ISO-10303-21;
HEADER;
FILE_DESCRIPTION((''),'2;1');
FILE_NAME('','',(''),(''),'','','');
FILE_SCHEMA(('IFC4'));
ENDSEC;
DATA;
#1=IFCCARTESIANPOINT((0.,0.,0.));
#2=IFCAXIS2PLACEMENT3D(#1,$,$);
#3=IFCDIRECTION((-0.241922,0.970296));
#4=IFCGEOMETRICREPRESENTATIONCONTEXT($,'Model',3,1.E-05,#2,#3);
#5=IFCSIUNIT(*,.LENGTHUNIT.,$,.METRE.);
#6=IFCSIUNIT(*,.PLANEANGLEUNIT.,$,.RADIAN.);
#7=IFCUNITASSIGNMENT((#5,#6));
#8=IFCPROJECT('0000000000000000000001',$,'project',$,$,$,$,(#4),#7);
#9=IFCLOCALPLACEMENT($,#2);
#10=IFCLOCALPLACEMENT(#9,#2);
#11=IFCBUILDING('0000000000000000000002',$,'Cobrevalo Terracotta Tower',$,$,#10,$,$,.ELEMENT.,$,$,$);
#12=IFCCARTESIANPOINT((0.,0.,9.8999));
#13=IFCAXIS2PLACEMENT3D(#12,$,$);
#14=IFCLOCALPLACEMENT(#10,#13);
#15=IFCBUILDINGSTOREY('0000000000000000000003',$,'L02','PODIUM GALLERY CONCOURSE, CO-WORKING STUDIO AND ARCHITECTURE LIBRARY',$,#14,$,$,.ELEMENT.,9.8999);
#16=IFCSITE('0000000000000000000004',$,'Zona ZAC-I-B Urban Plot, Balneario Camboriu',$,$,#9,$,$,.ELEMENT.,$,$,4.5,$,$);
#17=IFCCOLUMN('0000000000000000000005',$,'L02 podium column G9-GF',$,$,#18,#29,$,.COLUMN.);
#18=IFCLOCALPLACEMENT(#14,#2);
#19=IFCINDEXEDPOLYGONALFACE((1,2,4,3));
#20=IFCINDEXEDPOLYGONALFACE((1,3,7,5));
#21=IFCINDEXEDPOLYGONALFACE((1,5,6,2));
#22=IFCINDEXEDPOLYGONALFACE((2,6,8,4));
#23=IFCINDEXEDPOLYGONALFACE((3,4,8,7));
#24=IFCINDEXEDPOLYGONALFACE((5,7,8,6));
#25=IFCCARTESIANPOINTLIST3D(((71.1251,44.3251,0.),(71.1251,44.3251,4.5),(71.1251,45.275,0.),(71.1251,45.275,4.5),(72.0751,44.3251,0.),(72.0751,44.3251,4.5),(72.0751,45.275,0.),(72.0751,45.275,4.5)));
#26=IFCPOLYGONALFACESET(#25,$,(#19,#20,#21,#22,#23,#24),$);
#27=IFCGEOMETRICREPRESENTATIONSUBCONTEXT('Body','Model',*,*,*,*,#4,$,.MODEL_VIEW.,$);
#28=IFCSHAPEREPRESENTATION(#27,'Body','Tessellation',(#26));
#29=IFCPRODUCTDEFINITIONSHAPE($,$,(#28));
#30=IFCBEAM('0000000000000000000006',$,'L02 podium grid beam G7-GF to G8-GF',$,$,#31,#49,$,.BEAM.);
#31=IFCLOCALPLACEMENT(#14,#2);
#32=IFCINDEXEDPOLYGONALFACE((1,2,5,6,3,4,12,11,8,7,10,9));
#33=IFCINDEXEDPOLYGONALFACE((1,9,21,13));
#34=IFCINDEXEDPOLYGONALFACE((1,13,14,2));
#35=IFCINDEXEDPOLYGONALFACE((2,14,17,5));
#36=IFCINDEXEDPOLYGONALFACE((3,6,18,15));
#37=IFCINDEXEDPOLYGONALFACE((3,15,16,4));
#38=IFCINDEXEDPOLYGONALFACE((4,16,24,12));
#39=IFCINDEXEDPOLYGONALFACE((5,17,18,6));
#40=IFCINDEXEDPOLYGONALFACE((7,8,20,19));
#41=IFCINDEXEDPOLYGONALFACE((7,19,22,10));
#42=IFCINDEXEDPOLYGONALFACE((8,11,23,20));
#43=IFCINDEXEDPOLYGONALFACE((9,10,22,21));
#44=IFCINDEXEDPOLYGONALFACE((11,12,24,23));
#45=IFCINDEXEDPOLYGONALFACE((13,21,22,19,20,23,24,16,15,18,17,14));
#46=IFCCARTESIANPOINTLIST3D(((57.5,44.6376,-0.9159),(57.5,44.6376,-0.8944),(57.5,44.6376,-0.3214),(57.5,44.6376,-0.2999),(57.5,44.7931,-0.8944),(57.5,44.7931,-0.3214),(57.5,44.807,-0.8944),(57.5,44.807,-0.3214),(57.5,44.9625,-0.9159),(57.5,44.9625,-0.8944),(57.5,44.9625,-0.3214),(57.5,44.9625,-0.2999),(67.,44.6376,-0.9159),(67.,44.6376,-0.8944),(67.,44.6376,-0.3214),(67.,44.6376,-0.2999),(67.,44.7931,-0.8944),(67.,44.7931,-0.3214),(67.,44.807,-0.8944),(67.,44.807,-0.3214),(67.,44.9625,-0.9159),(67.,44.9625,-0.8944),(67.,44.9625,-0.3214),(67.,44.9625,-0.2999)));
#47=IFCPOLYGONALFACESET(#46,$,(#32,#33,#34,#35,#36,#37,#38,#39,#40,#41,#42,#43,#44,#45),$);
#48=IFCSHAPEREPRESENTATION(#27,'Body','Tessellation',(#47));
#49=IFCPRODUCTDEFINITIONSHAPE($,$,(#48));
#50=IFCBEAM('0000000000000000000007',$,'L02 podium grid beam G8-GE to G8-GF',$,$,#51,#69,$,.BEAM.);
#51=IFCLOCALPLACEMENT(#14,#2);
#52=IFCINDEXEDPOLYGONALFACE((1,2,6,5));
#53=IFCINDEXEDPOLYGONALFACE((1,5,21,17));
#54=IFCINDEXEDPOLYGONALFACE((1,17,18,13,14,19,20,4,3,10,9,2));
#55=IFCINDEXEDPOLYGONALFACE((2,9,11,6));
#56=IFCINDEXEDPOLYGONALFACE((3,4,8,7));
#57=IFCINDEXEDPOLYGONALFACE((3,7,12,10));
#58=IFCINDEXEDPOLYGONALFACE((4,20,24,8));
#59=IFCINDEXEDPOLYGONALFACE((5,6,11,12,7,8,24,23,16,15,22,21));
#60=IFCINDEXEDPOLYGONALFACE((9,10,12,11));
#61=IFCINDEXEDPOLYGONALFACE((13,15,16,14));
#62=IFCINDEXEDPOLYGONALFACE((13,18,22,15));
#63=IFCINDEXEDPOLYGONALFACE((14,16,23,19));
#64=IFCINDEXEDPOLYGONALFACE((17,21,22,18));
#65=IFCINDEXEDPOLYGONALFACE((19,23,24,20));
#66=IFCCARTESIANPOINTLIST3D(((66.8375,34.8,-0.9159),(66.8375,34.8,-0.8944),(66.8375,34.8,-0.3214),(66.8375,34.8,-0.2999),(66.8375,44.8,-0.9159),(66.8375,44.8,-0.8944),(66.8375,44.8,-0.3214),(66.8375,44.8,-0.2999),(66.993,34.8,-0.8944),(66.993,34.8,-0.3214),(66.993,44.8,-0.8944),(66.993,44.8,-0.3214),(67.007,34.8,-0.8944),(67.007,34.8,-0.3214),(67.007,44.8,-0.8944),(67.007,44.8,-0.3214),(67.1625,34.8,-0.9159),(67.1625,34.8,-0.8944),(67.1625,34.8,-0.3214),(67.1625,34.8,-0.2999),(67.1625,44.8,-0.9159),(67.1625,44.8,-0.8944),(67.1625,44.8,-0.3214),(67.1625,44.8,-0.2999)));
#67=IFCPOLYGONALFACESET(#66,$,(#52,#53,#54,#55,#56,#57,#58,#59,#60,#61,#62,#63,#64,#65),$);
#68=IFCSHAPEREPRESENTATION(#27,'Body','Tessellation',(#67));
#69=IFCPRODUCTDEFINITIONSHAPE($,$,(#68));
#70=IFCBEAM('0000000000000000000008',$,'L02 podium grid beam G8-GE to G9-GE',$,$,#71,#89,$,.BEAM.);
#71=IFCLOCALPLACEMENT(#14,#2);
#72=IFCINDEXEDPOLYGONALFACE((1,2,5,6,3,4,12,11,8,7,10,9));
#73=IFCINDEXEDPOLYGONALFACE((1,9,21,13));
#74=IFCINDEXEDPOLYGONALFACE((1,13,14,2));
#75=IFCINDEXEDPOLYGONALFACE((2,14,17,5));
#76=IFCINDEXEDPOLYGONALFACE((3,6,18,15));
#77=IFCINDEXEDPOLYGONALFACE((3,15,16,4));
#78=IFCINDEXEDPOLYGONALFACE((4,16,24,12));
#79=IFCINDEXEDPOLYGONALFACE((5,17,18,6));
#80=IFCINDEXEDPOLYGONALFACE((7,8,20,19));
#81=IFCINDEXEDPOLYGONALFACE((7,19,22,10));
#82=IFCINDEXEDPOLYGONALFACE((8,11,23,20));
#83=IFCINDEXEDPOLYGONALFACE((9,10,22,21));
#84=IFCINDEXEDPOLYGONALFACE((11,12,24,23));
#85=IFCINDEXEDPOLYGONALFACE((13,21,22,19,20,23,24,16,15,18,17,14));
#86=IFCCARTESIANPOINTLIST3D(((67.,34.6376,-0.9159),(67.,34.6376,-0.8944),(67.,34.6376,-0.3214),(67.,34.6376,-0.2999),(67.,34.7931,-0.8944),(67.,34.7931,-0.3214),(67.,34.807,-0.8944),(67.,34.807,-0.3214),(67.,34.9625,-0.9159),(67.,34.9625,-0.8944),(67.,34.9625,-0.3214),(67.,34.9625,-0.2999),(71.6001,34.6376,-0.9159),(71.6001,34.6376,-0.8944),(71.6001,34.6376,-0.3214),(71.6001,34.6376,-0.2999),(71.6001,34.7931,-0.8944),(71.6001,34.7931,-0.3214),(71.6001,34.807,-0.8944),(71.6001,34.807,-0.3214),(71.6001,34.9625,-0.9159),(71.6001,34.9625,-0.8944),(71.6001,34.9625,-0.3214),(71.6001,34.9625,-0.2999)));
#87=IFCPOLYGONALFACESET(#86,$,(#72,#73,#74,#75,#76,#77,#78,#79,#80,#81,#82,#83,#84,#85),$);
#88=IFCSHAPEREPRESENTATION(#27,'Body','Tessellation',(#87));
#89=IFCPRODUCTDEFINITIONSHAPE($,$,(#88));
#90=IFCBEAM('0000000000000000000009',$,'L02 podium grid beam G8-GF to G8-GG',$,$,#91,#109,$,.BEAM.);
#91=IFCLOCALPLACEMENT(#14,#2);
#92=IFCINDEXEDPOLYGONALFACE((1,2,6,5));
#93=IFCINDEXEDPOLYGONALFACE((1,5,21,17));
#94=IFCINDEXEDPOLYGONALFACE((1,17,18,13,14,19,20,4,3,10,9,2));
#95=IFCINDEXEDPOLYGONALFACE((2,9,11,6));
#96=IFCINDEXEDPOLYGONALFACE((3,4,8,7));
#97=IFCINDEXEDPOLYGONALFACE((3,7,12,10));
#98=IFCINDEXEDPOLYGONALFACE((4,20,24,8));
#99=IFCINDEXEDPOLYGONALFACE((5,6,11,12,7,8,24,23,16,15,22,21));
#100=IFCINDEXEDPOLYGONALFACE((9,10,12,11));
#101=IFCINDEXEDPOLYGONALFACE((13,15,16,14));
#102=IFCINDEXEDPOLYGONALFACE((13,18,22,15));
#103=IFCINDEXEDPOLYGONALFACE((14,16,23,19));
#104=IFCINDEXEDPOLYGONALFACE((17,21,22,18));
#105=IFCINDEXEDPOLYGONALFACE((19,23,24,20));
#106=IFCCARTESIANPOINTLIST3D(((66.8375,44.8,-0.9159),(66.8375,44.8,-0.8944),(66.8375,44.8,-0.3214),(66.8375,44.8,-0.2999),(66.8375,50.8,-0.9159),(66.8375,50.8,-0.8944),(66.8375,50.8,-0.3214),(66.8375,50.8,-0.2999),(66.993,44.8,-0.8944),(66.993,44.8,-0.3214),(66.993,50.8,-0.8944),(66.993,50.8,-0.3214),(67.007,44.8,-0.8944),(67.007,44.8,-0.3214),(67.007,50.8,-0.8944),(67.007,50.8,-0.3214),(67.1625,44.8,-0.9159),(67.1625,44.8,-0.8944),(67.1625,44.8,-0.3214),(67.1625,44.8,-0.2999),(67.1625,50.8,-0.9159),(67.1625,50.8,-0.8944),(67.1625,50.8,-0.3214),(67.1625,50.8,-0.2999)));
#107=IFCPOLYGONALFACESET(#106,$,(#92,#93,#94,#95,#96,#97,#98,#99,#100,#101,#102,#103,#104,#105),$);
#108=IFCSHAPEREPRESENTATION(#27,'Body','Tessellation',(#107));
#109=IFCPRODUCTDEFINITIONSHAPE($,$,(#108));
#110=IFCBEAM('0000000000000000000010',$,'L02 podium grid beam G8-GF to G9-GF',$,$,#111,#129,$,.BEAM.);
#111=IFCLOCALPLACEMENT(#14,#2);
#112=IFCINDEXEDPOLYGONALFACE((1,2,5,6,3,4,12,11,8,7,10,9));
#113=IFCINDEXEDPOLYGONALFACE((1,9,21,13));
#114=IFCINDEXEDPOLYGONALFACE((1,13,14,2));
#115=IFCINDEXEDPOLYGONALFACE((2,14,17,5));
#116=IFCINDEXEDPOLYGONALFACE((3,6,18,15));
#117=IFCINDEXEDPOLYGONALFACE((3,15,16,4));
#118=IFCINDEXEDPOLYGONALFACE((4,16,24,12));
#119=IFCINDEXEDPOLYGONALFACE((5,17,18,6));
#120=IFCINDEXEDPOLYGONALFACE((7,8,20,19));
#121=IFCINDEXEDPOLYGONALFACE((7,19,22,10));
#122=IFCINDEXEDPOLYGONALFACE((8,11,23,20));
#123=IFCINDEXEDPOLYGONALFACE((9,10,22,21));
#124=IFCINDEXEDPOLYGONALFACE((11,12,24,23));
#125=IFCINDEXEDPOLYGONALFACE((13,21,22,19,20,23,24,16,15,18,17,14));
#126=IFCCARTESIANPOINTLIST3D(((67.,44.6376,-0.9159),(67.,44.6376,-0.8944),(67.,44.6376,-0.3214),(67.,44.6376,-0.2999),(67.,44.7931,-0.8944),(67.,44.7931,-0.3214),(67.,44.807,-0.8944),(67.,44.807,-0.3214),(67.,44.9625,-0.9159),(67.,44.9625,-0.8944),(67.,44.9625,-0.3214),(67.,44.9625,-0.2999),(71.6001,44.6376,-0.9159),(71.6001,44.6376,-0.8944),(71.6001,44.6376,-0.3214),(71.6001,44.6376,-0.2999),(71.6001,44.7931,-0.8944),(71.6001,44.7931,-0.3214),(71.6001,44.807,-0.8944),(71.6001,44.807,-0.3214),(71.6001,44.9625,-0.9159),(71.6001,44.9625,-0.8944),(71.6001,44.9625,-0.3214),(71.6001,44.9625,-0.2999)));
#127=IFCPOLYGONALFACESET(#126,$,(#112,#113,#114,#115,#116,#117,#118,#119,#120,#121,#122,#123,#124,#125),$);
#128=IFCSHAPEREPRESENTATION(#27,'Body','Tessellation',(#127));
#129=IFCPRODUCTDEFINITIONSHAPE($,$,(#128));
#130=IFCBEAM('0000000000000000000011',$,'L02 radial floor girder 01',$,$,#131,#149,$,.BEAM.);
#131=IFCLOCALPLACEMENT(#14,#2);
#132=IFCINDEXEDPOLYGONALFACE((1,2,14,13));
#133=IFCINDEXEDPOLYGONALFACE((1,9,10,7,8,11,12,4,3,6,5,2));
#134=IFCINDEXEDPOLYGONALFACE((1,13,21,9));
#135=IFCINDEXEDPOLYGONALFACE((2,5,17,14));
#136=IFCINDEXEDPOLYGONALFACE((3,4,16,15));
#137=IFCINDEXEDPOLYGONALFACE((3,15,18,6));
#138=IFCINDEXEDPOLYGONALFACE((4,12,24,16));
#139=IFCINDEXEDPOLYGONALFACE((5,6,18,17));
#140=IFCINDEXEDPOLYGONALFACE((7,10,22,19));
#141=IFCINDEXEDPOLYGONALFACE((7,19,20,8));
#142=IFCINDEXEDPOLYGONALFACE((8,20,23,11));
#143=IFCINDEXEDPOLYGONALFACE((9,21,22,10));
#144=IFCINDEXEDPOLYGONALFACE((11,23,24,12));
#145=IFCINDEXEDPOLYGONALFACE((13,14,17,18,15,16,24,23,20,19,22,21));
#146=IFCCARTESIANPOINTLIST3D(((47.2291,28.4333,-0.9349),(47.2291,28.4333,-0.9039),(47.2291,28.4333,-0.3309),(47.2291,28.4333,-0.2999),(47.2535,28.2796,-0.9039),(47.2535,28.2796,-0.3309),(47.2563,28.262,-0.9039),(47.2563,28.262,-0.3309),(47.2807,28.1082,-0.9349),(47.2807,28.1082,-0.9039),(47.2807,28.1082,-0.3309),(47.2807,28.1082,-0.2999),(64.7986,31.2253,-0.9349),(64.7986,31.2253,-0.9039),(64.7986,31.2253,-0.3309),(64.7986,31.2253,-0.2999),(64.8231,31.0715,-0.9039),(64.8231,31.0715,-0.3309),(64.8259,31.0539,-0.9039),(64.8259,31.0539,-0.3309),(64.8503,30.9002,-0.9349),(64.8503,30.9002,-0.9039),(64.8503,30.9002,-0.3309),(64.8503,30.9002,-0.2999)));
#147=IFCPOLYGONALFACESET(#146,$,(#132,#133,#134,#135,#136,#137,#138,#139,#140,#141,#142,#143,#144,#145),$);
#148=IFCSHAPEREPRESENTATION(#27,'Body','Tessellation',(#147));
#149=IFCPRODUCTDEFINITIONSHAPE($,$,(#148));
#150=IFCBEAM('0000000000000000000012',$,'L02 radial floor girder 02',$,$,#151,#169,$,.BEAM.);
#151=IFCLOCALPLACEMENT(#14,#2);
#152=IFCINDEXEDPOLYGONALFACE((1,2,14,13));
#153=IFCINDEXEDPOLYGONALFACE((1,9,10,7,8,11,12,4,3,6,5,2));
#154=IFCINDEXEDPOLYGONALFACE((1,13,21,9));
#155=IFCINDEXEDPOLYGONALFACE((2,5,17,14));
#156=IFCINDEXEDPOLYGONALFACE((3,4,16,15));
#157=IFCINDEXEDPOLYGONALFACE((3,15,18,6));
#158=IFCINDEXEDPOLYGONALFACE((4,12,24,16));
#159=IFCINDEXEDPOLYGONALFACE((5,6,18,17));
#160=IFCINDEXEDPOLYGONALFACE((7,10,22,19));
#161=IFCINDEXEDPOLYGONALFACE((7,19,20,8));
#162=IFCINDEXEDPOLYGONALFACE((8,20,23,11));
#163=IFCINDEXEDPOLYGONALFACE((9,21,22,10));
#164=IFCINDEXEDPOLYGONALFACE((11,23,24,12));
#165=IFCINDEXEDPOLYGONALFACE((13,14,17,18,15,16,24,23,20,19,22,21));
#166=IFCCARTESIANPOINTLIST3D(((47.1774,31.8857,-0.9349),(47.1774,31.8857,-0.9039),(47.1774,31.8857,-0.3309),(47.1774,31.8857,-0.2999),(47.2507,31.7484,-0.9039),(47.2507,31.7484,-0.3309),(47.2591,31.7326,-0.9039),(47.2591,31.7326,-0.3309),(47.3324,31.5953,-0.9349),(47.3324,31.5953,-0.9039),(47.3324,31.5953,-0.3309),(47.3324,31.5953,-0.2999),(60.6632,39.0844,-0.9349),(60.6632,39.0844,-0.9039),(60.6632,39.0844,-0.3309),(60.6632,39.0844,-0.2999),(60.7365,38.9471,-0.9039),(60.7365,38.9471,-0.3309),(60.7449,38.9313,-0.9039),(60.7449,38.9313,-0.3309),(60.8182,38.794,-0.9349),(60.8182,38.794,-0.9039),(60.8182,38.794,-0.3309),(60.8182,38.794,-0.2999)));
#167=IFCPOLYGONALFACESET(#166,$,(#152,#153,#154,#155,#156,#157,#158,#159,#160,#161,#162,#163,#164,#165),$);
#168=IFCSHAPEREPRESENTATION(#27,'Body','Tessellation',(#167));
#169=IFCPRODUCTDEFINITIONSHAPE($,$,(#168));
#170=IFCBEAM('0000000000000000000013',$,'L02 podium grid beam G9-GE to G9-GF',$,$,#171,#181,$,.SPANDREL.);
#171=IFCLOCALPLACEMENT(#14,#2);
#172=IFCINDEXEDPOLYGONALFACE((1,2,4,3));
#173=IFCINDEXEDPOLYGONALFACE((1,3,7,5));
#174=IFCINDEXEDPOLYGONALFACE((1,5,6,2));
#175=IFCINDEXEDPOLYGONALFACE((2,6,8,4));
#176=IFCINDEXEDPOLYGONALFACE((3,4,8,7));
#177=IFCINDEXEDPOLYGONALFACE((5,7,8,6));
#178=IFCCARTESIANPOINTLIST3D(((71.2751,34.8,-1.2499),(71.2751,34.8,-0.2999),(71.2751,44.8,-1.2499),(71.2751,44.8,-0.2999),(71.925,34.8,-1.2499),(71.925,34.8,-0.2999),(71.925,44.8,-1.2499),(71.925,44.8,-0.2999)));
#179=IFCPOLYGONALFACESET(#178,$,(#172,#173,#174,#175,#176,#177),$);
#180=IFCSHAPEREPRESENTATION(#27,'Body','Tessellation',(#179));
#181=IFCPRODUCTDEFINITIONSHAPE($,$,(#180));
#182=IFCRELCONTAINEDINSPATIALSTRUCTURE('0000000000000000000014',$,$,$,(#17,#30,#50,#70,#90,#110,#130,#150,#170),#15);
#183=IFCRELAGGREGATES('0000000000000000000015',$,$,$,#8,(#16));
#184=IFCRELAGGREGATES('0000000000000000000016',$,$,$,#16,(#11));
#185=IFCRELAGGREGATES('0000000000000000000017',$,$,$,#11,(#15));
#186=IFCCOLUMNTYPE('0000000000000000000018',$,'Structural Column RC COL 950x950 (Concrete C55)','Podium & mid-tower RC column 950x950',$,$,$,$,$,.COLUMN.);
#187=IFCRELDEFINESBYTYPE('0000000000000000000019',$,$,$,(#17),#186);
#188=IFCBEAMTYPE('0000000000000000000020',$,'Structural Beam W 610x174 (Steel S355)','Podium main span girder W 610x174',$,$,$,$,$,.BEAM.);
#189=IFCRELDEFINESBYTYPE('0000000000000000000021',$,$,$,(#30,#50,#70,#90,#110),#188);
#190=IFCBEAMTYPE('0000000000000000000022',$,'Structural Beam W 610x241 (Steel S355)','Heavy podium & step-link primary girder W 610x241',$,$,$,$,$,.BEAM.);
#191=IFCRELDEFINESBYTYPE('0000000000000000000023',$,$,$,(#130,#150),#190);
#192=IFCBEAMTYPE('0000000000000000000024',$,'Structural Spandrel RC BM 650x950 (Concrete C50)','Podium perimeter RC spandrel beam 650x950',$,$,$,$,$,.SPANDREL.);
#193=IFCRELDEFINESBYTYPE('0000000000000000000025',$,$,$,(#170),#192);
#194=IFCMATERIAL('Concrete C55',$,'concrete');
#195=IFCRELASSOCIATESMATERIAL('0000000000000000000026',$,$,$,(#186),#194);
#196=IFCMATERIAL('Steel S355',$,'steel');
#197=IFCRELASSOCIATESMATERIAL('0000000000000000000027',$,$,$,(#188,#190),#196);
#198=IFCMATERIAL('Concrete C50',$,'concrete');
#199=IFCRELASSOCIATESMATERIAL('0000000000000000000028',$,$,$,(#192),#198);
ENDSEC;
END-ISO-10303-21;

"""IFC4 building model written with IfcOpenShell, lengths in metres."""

from ifc_helpers import new_model, si_unit, direction, frame, origin, origin_2d, place, context, subcontext, project, spatial, rectangle, i_section, extrude, material, material_profile, profile_set, type_object, element, save


model = new_model("IFC4")

# Units and contexts
model_context = context("Model", 3, precision=1e-05, world=origin(), true_north=direction((-0.241922, 0.970296)))
body_context = subcontext(model_context, "Body", "Model", "MODEL_VIEW")
ifc_project = project(units=[si_unit("LENGTHUNIT", "METRE"), si_unit("PLANEANGLEUNIT", "RADIAN")], contexts=[model_context])

# Site, building, storey
site_placement = place(None, origin())
site = spatial("IfcSite", under=ifc_project, at=site_placement, Name="Zona ZAC-I-B Urban Plot, Balneario Camboriu", CompositionType="ELEMENT", RefElevation=4.5)
building_placement = place(site_placement, origin())
building = spatial("IfcBuilding", under=site, at=building_placement, Name="Cobrevalo Terracotta Tower", CompositionType="ELEMENT")
storey_placement = place(building_placement, frame((0.0, 0.0, 9.8999)))
storey = spatial("IfcBuildingStorey", under=building, at=storey_placement, Name="L02", Description="PODIUM GALLERY CONCOURSE, CO-WORKING STUDIO AND ARCHITECTURE LIBRARY", CompositionType="ELEMENT", Elevation=9.8999)

# Column
ifc_material_1 = material(Name="Steel S355", Category="steel")
ifc_material_2 = material(Name="Concrete C50", Category="concrete")
ifc_material_3 = material(Name="Concrete C55", Category="concrete")
ifc_material_profile_1 = material_profile(ifc_material_3, rectangle(XDim=0.95, YDim=0.95, at=origin_2d()), Name="RC COL 950x950")
ifc_profile_set_1 = profile_set([ifc_material_profile_1], Name="Concrete C55")
column_type_1 = type_object("IfcColumnType", Name="Structural Column RC COL 950x950 (Concrete C55)", Description="Podium & mid-tower RC column 950x950", PredefinedType="COLUMN", material=ifc_profile_set_1)
for number, where, z_axis, x_axis, name in (
    (1, (71.6001, 44.8, 0.0), (0.0, 0.0, 1.0), (1.0, 0.0, 0.0), "L02 podium column G9-GF"),
):
    element("IfcColumn", number, at=place(storey_placement, frame(where, z_axis=z_axis, x_axis=x_axis)), inside=storey, type_object=column_type_1, Name=name, PredefinedType="COLUMN", context=body_context, shape_type="SweptSolid", body=[
        extrude(rectangle(XDim=0.95, YDim=0.95, at=origin_2d()), origin(), (0.0, 0.0, 1.0), 4.5),
    ])

# Beams
ifc_material_profile_2 = material_profile(ifc_material_1, i_section(OverallWidth=0.325, OverallDepth=0.616, WebThickness=0.0139, FlangeThickness=0.0215, at=origin_2d()), Name="W 610x174")
ifc_profile_set_2 = profile_set([ifc_material_profile_2], Name="Steel S355")
beam_type_1 = type_object("IfcBeamType", Name="Structural Beam W 610x174 (Steel S355)", Description="Podium main span girder W 610x174", PredefinedType="BEAM", material=ifc_profile_set_2)
beam_1_placement = place(storey_placement, frame((57.5, 44.8, -0.6079), z_axis=(1.0, 0.0, 0.0), x_axis=(0.0, 1.0, 0.0)))
element("IfcBeam", 2, at=beam_1_placement, inside=storey, type_object=beam_type_1, Name="L02 podium grid beam G7-GF to G8-GF", PredefinedType="BEAM", context=body_context, shape_type="SweptSolid", body=[
    extrude(i_section(OverallWidth=0.325, OverallDepth=0.616, WebThickness=0.0139, FlangeThickness=0.0215, at=origin_2d()), origin(), (0.0, 0.0, 1.0), 9.5),
])
beam_2_placement = place(storey_placement, frame((67.0, 34.8, -0.6079), z_axis=(0.0, 1.0, 0.0), x_axis=(-1.0, 0.0, 0.0)))
element("IfcBeam", 3, at=beam_2_placement, inside=storey, type_object=beam_type_1, Name="L02 podium grid beam G8-GE to G8-GF", PredefinedType="BEAM", context=body_context, shape_type="SweptSolid", body=[
    extrude(i_section(OverallWidth=0.325, OverallDepth=0.616, WebThickness=0.0139, FlangeThickness=0.0215, at=origin_2d()), origin(), (0.0, 0.0, 1.0), 10.0),
])
beam_3_placement = place(storey_placement, frame((67.0, 34.8, -0.6079), z_axis=(1.0, 0.0, 0.0), x_axis=(0.0, 1.0, 0.0)))
element("IfcBeam", 4, at=beam_3_placement, inside=storey, type_object=beam_type_1, Name="L02 podium grid beam G8-GE to G9-GE", PredefinedType="BEAM", context=body_context, shape_type="SweptSolid", body=[
    extrude(i_section(OverallWidth=0.325, OverallDepth=0.616, WebThickness=0.0139, FlangeThickness=0.0215, at=origin_2d()), origin(), (0.0, 0.0, 1.0), 4.6001),
])
beam_4_placement = place(storey_placement, frame((67.0, 44.8, -0.6079), z_axis=(0.0, 1.0, 0.0), x_axis=(-1.0, 0.0, 0.0)))
element("IfcBeam", 5, at=beam_4_placement, inside=storey, type_object=beam_type_1, Name="L02 podium grid beam G8-GF to G8-GG", PredefinedType="BEAM", context=body_context, shape_type="SweptSolid", body=[
    extrude(i_section(OverallWidth=0.325, OverallDepth=0.616, WebThickness=0.0139, FlangeThickness=0.0215, at=origin_2d()), origin(), (0.0, 0.0, 1.0), 6.0),
])
beam_5_placement = place(storey_placement, frame((67.0, 44.8, -0.6079), z_axis=(1.0, 0.0, 0.0), x_axis=(0.0, 1.0, 0.0)))
element("IfcBeam", 6, at=beam_5_placement, inside=storey, type_object=beam_type_1, Name="L02 podium grid beam G8-GF to G9-GF", PredefinedType="BEAM", context=body_context, shape_type="SweptSolid", body=[
    extrude(i_section(OverallWidth=0.325, OverallDepth=0.616, WebThickness=0.0139, FlangeThickness=0.0215, at=origin_2d()), origin(), (0.0, 0.0, 1.0), 4.6001),
])
ifc_material_profile_3 = material_profile(ifc_material_1, i_section(OverallWidth=0.3291, OverallDepth=0.635, WebThickness=0.0178, FlangeThickness=0.031, at=origin_2d()), Name="W 610x241")
ifc_profile_set_3 = profile_set([ifc_material_profile_3], Name="Steel S355")
beam_type_2 = type_object("IfcBeamType", Name="Structural Beam W 610x241 (Steel S355)", Description="Heavy podium & step-link primary girder W 610x241", PredefinedType="BEAM", material=ifc_profile_set_3)
beam_6_placement = place(storey_placement, frame((64.8245, 31.0627, -0.6174), z_axis=(-0.987608, -0.156941, 0.0), x_axis=(0.156941, -0.987608, 0.0)))
element("IfcBeam", 7, at=beam_6_placement, inside=storey, type_object=beam_type_2, Name="L02 radial floor girder 01", PredefinedType="BEAM", context=body_context, shape_type="SweptSolid", body=[
    extrude(i_section(OverallWidth=0.3291, OverallDepth=0.635, WebThickness=0.0178, FlangeThickness=0.031, at=origin_2d()), origin(), (0.0, 0.0, 1.0), 17.79),
])
beam_7_placement = place(storey_placement, frame((60.7407, 38.9392, -0.6174), z_axis=(-0.882182, -0.470908, 0.0), x_axis=(0.470908, -0.882182, 0.0)))
element("IfcBeam", 8, at=beam_7_placement, inside=storey, type_object=beam_type_2, Name="L02 radial floor girder 02", PredefinedType="BEAM", context=body_context, shape_type="SweptSolid", body=[
    extrude(i_section(OverallWidth=0.3291, OverallDepth=0.635, WebThickness=0.0178, FlangeThickness=0.031, at=origin_2d()), origin(), (0.0, 0.0, 1.0), 15.2869),
])
ifc_material_profile_4 = material_profile(ifc_material_2, rectangle(XDim=0.6499, YDim=0.95, at=origin_2d()), Name="RC BM 650x950")
ifc_profile_set_4 = profile_set([ifc_material_profile_4], Name="Concrete C50")
beam_type_3 = type_object("IfcBeamType", Name="Structural Spandrel RC BM 650x950 (Concrete C50)", Description="Podium perimeter RC spandrel beam 650x950", PredefinedType="SPANDREL", material=ifc_profile_set_4)
beam_8_placement = place(storey_placement, frame((71.6001, 34.8, -0.7749), z_axis=(0.0, 1.0, 0.0), x_axis=(-1.0, 0.0, 0.0)))
element("IfcBeam", 9, at=beam_8_placement, inside=storey, type_object=beam_type_3, Name="L02 podium grid beam G9-GE to G9-GF", PredefinedType="SPANDREL", context=body_context, shape_type="SweptSolid", body=[
    extrude(rectangle(XDim=0.6499, YDim=0.95, at=origin_2d()), origin(), (0.0, 0.0, 1.0), 10.0),
])

save(model, "model.ifc")
